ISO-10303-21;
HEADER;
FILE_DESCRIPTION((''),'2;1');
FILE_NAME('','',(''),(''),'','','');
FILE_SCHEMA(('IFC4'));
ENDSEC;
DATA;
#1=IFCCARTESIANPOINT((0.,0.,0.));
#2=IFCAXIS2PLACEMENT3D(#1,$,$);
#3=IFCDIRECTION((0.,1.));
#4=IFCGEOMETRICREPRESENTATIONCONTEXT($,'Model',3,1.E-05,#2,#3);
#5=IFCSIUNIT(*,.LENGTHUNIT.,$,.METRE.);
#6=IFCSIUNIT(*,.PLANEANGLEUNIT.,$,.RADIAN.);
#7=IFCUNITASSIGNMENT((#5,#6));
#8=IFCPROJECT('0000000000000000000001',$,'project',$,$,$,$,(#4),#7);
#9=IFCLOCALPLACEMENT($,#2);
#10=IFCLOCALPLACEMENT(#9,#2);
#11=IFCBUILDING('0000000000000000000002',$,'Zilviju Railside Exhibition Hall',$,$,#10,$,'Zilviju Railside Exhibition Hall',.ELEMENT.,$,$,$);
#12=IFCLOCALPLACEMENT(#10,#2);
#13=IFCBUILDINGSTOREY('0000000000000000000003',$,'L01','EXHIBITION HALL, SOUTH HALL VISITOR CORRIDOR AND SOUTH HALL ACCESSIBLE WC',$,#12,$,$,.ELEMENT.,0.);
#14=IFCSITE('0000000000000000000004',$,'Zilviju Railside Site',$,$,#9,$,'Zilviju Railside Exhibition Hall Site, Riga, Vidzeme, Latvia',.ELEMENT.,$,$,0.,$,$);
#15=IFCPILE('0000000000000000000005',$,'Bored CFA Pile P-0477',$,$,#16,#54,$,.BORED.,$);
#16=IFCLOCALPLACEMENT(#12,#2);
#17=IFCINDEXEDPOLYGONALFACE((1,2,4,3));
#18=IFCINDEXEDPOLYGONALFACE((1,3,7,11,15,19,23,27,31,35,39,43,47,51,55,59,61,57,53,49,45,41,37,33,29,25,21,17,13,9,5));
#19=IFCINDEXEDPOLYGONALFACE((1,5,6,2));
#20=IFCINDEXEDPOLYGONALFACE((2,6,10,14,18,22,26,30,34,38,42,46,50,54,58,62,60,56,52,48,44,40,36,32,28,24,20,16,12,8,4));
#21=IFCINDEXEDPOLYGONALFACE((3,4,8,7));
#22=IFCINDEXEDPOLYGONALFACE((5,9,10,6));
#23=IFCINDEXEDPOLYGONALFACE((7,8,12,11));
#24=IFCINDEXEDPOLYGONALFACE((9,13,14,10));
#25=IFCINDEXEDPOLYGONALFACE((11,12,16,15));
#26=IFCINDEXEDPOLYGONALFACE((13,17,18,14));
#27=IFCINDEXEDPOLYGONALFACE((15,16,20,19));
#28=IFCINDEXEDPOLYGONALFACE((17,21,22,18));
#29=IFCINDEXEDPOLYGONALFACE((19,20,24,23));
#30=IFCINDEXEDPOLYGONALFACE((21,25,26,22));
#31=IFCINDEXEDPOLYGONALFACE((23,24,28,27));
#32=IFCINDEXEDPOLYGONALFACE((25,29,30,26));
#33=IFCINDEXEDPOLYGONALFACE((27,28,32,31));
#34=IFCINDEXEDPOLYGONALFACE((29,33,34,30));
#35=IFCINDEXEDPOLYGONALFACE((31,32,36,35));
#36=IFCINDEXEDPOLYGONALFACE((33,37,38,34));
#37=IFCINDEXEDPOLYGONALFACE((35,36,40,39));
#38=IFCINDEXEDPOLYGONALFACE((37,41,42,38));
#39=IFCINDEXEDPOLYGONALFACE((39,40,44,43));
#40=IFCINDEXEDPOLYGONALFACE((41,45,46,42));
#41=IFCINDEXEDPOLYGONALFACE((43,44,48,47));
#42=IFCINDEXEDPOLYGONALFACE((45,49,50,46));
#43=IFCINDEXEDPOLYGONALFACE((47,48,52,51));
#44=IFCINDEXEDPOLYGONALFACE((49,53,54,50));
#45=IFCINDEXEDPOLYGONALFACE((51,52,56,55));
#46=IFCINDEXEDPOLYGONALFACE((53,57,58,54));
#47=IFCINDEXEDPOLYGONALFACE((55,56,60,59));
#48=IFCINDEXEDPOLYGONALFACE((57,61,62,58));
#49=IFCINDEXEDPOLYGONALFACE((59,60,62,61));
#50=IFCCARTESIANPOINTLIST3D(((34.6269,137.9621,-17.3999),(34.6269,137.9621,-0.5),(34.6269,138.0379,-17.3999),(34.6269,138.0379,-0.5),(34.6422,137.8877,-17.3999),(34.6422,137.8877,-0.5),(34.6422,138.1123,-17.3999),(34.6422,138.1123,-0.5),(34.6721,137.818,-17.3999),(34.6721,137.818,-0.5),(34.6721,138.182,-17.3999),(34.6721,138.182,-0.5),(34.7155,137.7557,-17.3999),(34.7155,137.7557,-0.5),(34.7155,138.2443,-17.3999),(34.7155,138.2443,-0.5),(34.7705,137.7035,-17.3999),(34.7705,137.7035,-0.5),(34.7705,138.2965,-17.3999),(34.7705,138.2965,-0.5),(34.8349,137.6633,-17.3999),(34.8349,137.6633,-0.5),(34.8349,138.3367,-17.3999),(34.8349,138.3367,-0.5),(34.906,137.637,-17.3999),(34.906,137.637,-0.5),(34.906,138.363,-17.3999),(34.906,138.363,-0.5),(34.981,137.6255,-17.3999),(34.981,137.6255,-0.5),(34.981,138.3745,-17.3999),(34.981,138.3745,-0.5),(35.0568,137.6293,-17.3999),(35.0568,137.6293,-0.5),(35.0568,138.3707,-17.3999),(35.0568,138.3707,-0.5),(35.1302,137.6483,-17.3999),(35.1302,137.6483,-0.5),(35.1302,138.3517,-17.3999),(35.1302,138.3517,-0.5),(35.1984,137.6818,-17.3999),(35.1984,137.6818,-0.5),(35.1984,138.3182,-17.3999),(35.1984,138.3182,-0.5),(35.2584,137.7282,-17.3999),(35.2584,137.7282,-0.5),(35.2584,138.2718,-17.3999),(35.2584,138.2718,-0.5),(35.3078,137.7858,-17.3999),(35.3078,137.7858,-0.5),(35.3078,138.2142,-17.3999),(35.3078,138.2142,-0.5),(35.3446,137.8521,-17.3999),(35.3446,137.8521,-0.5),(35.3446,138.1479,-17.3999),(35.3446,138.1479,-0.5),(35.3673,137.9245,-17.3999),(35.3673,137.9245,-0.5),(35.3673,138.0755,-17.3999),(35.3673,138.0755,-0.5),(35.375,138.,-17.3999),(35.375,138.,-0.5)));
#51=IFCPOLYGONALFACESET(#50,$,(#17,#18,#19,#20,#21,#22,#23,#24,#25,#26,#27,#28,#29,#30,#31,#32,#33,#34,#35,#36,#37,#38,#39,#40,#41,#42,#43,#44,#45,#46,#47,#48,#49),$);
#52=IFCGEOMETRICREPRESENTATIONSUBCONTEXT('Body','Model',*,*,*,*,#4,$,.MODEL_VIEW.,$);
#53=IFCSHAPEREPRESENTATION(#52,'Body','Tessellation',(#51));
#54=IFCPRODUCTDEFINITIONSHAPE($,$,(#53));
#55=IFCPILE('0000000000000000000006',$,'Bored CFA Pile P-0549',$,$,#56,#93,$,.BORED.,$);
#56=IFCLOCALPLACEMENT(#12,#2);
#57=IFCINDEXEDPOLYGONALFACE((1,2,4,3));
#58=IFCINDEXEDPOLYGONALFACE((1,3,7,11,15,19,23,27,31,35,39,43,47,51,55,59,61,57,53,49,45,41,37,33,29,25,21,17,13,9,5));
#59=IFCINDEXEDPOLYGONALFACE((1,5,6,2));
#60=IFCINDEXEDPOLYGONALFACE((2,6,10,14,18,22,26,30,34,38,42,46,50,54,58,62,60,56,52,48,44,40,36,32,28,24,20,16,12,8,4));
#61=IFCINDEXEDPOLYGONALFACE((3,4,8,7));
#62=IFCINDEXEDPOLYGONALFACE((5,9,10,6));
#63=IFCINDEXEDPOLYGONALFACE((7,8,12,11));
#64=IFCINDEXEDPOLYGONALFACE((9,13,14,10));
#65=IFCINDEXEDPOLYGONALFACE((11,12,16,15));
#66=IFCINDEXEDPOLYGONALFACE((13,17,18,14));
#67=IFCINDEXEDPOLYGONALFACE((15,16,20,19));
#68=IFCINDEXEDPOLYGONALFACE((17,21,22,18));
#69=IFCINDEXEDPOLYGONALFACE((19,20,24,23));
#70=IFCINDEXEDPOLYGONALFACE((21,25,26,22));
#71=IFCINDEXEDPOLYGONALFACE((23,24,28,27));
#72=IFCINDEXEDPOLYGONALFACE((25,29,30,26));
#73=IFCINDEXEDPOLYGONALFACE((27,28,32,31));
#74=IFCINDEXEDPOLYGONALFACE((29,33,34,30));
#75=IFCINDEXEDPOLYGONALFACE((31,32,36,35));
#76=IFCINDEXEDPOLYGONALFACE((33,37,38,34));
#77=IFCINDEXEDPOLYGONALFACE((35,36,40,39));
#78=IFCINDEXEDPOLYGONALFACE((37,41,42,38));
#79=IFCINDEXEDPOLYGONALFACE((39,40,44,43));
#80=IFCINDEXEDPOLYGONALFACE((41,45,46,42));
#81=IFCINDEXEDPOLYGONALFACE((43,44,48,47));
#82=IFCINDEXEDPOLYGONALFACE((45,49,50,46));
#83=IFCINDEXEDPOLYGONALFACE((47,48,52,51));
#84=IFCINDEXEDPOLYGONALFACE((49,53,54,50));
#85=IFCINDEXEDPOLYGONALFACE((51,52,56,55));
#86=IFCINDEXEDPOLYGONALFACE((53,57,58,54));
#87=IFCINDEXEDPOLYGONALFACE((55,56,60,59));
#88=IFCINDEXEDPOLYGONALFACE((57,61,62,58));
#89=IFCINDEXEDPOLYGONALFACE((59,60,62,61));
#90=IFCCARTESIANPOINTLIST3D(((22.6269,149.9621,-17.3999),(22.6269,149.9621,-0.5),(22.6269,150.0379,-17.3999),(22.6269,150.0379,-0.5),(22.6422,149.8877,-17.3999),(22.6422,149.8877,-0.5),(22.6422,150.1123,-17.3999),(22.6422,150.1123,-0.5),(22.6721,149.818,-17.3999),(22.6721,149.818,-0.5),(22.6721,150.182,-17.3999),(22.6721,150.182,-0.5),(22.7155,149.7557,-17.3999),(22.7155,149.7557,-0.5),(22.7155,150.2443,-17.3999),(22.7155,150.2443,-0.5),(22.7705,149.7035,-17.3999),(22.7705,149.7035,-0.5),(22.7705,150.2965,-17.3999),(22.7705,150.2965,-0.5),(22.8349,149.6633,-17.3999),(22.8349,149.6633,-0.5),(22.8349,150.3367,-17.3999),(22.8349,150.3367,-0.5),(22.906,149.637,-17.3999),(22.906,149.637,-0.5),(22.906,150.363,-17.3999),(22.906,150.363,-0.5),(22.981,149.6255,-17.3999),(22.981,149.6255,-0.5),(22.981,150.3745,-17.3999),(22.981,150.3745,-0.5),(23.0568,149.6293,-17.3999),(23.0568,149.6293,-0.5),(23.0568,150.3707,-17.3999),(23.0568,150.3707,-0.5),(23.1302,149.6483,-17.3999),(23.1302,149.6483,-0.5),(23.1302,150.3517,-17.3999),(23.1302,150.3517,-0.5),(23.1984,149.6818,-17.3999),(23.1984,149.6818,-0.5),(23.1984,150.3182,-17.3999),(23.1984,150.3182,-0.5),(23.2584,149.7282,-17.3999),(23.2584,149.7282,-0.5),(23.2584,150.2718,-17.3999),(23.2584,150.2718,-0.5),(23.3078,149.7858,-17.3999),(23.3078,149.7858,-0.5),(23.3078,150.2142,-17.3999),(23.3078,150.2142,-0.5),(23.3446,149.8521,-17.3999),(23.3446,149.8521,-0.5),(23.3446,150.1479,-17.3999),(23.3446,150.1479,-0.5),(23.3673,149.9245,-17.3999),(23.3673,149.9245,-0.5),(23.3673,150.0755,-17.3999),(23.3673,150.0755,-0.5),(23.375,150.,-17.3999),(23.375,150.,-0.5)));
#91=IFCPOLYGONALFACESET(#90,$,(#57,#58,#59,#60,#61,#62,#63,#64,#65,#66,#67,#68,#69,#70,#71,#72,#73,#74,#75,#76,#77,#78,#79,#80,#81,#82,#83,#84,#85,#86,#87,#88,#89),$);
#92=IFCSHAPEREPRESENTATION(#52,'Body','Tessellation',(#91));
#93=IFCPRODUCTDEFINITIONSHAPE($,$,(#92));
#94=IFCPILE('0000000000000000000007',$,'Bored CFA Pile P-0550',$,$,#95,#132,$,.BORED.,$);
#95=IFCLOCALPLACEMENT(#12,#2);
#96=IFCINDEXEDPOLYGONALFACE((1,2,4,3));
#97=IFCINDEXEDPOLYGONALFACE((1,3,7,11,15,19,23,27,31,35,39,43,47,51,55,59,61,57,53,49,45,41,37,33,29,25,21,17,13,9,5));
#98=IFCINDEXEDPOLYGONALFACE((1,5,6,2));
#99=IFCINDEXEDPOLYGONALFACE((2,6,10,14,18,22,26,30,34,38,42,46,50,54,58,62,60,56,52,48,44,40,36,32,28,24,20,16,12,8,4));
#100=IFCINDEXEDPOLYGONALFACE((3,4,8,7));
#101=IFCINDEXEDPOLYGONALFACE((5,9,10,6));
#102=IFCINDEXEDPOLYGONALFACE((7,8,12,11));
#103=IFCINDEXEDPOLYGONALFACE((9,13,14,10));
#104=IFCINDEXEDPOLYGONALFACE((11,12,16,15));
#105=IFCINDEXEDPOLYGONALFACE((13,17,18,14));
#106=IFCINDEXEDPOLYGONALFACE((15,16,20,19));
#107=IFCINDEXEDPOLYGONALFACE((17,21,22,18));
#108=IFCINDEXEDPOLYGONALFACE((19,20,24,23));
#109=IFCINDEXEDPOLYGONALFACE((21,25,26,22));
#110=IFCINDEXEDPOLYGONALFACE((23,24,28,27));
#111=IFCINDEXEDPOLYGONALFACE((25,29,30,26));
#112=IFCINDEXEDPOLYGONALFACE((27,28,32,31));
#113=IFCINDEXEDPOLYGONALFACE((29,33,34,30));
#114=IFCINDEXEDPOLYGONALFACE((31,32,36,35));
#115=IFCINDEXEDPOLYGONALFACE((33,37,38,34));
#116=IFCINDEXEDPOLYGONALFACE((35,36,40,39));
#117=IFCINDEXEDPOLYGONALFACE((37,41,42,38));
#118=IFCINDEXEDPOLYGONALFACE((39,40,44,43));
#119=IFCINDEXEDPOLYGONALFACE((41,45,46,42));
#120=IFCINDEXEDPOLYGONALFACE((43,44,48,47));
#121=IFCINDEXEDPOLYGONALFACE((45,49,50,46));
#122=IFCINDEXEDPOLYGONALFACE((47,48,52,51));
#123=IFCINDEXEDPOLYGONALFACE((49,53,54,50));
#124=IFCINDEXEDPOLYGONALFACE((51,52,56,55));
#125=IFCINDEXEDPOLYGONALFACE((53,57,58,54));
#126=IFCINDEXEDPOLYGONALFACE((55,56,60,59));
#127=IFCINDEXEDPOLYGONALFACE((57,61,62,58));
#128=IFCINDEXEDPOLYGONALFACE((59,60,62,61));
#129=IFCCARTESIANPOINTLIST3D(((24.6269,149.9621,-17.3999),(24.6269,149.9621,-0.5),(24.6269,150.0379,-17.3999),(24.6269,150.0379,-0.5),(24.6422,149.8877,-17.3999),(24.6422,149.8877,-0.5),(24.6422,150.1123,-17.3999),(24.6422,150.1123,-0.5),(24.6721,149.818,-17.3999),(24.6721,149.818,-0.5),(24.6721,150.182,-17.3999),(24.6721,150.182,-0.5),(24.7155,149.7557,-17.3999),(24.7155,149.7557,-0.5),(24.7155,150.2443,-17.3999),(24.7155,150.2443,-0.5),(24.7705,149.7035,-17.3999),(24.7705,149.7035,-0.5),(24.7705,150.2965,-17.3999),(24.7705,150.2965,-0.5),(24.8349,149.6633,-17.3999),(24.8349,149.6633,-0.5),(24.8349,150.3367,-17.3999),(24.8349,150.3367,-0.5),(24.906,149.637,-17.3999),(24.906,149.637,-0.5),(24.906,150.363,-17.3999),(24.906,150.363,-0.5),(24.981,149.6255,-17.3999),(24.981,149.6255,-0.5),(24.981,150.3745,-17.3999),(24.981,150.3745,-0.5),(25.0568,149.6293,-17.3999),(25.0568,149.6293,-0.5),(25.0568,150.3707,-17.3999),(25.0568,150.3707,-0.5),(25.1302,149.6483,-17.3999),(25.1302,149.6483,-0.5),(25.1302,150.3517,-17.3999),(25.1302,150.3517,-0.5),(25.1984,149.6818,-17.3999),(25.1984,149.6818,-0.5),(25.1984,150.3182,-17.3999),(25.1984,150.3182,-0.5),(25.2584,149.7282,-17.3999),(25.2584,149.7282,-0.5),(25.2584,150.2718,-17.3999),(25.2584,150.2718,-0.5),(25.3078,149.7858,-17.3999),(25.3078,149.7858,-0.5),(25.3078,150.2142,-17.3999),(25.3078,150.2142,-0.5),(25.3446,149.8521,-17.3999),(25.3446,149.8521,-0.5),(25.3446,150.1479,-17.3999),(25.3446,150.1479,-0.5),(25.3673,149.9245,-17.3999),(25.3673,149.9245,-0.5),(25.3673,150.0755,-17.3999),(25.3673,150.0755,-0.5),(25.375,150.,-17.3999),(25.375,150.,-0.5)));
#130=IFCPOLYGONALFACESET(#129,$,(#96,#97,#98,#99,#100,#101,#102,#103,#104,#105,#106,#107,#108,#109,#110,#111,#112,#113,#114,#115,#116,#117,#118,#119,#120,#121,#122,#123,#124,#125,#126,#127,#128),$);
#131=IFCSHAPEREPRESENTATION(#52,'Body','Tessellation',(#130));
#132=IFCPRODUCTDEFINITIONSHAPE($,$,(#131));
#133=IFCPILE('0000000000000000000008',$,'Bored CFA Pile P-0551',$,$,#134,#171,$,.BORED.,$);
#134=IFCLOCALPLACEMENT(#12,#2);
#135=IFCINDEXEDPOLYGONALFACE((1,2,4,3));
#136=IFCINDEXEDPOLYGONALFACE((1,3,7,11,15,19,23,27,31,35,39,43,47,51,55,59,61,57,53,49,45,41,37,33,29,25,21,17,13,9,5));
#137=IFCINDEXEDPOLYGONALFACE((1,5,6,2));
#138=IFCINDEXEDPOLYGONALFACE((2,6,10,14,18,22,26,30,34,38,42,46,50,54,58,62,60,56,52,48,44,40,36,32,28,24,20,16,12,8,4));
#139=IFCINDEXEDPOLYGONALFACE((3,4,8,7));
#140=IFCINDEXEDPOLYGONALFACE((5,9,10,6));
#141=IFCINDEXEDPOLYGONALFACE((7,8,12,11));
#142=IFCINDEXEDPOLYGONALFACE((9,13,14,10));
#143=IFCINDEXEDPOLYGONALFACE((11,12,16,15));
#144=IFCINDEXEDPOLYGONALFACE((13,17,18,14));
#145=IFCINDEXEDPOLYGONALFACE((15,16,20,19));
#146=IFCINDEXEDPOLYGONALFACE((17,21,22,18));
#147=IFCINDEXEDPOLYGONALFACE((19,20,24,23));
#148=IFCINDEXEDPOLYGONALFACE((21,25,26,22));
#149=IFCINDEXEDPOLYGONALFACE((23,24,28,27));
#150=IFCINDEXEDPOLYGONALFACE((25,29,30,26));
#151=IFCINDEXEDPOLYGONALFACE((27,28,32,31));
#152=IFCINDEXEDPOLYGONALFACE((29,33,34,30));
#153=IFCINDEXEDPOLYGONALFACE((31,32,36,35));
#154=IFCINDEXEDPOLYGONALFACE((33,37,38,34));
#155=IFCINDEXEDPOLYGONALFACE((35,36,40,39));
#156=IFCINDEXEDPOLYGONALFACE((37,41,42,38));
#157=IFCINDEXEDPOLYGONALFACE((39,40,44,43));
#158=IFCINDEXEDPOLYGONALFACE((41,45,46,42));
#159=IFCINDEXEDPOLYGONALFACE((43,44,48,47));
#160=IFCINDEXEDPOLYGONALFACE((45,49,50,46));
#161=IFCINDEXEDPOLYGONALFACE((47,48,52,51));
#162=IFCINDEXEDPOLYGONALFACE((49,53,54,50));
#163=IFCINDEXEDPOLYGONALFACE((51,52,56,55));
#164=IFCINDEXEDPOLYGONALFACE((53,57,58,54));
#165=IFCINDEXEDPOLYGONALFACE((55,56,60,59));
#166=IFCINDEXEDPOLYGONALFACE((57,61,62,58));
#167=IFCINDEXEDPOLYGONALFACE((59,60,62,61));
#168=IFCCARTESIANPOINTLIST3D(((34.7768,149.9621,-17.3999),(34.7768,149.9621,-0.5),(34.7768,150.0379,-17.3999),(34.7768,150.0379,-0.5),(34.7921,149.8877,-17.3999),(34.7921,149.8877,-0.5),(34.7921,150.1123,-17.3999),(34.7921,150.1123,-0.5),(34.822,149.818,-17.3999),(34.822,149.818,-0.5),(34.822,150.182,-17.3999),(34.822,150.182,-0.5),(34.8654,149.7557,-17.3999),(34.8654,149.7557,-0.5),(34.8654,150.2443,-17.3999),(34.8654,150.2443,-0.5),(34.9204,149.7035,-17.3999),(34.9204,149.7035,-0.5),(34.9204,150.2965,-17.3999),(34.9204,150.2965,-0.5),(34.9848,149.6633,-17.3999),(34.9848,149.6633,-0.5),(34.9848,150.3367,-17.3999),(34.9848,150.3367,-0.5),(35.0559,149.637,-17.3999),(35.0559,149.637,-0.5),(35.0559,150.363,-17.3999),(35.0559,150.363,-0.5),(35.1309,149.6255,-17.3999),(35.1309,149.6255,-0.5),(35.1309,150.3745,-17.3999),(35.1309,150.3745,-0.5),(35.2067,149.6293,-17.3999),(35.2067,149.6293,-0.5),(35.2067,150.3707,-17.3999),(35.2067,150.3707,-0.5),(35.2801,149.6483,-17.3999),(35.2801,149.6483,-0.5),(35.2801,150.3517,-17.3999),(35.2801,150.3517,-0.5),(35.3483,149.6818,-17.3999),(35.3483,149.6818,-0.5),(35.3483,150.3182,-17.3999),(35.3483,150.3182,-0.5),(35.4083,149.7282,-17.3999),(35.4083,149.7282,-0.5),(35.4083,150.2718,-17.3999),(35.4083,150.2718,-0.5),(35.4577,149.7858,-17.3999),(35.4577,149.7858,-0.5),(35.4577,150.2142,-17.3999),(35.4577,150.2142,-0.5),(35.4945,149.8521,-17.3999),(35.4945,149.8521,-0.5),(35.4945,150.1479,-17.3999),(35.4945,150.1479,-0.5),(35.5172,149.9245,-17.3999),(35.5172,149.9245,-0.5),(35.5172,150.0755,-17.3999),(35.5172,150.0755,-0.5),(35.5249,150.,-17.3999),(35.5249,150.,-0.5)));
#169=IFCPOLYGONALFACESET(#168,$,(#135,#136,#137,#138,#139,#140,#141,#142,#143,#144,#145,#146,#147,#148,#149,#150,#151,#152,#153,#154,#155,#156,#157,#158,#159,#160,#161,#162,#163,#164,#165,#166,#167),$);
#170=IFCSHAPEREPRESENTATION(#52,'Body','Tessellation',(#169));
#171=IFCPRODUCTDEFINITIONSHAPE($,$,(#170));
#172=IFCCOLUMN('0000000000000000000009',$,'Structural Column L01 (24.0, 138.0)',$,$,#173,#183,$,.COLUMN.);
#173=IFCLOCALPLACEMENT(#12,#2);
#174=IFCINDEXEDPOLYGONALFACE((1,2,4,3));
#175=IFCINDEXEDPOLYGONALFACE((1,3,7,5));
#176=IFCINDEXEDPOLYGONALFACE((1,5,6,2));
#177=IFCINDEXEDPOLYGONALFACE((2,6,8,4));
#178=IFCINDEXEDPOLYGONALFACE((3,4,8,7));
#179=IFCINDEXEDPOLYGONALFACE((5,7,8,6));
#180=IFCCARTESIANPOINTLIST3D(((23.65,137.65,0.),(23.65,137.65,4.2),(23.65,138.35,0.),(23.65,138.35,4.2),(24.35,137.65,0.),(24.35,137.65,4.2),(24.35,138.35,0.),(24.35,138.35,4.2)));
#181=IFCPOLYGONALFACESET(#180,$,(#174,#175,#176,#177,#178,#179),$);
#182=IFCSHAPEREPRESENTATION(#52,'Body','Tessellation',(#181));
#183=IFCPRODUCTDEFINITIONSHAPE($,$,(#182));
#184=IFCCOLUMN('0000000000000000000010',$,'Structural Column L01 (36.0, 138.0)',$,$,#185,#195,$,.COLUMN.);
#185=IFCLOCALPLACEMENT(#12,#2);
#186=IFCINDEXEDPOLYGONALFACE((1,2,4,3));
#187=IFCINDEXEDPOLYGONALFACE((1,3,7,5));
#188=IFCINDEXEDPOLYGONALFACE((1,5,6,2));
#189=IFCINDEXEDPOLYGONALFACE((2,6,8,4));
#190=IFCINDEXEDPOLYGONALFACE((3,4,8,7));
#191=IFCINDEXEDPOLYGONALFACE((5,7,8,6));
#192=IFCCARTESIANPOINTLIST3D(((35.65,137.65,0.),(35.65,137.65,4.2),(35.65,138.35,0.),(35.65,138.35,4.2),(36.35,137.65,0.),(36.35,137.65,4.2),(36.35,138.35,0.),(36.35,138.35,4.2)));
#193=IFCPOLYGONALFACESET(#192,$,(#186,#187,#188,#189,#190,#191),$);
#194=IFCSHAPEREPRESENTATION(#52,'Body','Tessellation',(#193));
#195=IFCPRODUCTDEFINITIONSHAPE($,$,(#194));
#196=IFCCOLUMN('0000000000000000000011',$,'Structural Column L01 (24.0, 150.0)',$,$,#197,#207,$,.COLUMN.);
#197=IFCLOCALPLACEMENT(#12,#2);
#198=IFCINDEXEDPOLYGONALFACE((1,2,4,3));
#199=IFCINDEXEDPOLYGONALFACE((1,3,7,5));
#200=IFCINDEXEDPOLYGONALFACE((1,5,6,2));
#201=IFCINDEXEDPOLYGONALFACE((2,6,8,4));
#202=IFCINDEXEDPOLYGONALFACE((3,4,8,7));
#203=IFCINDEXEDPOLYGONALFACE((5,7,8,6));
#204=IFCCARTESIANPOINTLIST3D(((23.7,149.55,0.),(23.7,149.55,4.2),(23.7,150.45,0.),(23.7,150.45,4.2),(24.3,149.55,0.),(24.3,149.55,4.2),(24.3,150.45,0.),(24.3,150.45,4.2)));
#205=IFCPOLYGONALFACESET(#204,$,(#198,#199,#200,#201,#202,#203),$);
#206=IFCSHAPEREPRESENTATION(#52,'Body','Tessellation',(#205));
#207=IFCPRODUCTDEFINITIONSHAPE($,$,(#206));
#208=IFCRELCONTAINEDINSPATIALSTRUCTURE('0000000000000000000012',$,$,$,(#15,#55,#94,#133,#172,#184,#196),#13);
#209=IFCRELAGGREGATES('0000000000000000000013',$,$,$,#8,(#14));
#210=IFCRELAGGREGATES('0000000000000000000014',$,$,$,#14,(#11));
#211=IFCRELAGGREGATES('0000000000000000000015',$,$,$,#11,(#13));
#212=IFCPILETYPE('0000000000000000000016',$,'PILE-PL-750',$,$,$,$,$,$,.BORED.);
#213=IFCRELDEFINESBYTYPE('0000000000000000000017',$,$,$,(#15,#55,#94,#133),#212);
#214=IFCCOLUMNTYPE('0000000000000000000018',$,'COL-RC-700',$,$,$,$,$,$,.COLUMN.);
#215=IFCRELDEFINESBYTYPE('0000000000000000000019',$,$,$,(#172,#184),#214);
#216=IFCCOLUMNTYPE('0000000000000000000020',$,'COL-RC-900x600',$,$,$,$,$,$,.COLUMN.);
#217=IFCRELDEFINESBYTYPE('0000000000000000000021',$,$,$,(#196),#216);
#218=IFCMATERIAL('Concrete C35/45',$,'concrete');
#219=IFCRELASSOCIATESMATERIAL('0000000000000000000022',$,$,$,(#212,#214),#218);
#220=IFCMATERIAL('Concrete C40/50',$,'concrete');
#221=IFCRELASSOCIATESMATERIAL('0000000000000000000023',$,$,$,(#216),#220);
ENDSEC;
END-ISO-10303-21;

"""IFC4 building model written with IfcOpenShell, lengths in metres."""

from ifc_helpers import new_model, si_unit, direction, frame, origin, origin_2d, place, context, subcontext, project, spatial, rectangle, circle, extrude, material, material_profile, profile_set, type_object, element, save


model = new_model("IFC4")

# Units and contexts
model_context = context("Model", 3, precision=1e-05, world=origin(), true_north=direction((0.0, 1.0)))
body_context = subcontext(model_context, "Body", "Model", "MODEL_VIEW")
ifc_project = project(units=[si_unit("LENGTHUNIT", "METRE"), si_unit("PLANEANGLEUNIT", "RADIAN")], contexts=[model_context])

# Site, building, storey
site_placement = place(None, origin())
site = spatial("IfcSite", under=ifc_project, at=site_placement, Name="Zilviju Railside Site", LongName="Zilviju Railside Exhibition Hall Site, Riga, Vidzeme, Latvia", CompositionType="ELEMENT", RefElevation=0.0)
building_placement = place(site_placement, origin())
building = spatial("IfcBuilding", under=site, at=building_placement, Name="Zilviju Railside Exhibition Hall", LongName="Zilviju Railside Exhibition Hall", CompositionType="ELEMENT")
storey_placement = place(building_placement, origin())
storey = spatial("IfcBuildingStorey", under=building, at=storey_placement, Name="L01", Description="EXHIBITION HALL, SOUTH HALL VISITOR CORRIDOR AND SOUTH HALL ACCESSIBLE WC", CompositionType="ELEMENT", Elevation=0.0)

# Shared definitions
ifc_material_1 = material(Name="Concrete C35/45", Category="concrete")
ifc_material_2 = material(Name="Concrete C40/50", Category="concrete")

# Piles
ifc_material_profile_1 = material_profile(ifc_material_1, circle(Radius=0.375, at=origin_2d()), Name="CFA PILE D750")
ifc_profile_set_1 = profile_set([ifc_material_profile_1], Name="Concrete C35/45")
pile_type = type_object("IfcPileType", Name="PILE-PL-750", PredefinedType="BORED", material=ifc_profile_set_1)
for number, where, z_axis, x_axis, name in (
    (1, (35.0, 138.0, -0.5), (0.0, 0.0, -1.0), (1.0, 0.0, 0.0), "Bored CFA Pile P-0477"),
    (2, (23.0, 150.0, -0.5), (0.0, 0.0, -1.0), (1.0, 0.0, 0.0), "Bored CFA Pile P-0549"),
    (3, (25.0, 150.0, -0.5), (0.0, 0.0, -1.0), (1.0, 0.0, 0.0), "Bored CFA Pile P-0550"),
    (4, (35.1499, 150.0, -0.5), (0.0, 0.0, -1.0), (1.0, 0.0, 0.0), "Bored CFA Pile P-0551"),
):
    element("IfcPile", number, at=place(storey_placement, frame(where, z_axis=z_axis, x_axis=x_axis)), inside=storey, type_object=pile_type, Name=name, PredefinedType="BORED", context=body_context, shape_type="SweptSolid", body=[
        extrude(circle(Radius=0.375, at=origin_2d()), origin(), (0.0, 0.0, 1.0), 16.8999),
    ])

# Columns
ifc_material_profile_2 = material_profile(ifc_material_1, rectangle(XDim=0.7, YDim=0.7, at=origin_2d()), Name="RC COL 700x700")
ifc_profile_set_2 = profile_set([ifc_material_profile_2], Name="Concrete C35/45")
column_type_1 = type_object("IfcColumnType", Name="COL-RC-700", PredefinedType="COLUMN", material=ifc_profile_set_2)
for number, where, z_axis, x_axis, name in (
    (5, (24.0, 138.0, 0.0), (0.0, 0.0, 1.0), (1.0, 0.0, 0.0), "Structural Column L01 (24.0, 138.0)"),
    (6, (36.0, 138.0, 0.0), (0.0, 0.0, 1.0), (1.0, 0.0, 0.0), "Structural Column L01 (36.0, 138.0)"),
):
    element("IfcColumn", number, at=place(storey_placement, frame(where, z_axis=z_axis, x_axis=x_axis)), inside=storey, type_object=column_type_1, Name=name, PredefinedType="COLUMN", context=body_context, shape_type="SweptSolid", body=[
        extrude(rectangle(XDim=0.7, YDim=0.7, at=origin_2d()), origin(), (0.0, 0.0, 1.0), 4.2),
    ])
ifc_material_profile_3 = material_profile(ifc_material_2, rectangle(XDim=0.6001, YDim=0.8999, at=origin_2d()), Name="RC COL 600x900")
ifc_profile_set_3 = profile_set([ifc_material_profile_3], Name="Concrete C40/50")
column_type_2 = type_object("IfcColumnType", Name="COL-RC-900x600", PredefinedType="COLUMN", material=ifc_profile_set_3)
column_placement = place(storey_placement, frame((24.0, 150.0, 0.0), z_axis=(0.0, 0.0, 1.0), x_axis=(1.0, 0.0, 0.0)))
element("IfcColumn", 7, at=column_placement, inside=storey, type_object=column_type_2, Name="Structural Column L01 (24.0, 150.0)", PredefinedType="COLUMN", context=body_context, shape_type="SweptSolid", body=[
    extrude(rectangle(XDim=0.6001, YDim=0.8999, at=origin_2d()), origin(), (0.0, 0.0, 1.0), 4.2),
])

save(model, "model.ifc")
